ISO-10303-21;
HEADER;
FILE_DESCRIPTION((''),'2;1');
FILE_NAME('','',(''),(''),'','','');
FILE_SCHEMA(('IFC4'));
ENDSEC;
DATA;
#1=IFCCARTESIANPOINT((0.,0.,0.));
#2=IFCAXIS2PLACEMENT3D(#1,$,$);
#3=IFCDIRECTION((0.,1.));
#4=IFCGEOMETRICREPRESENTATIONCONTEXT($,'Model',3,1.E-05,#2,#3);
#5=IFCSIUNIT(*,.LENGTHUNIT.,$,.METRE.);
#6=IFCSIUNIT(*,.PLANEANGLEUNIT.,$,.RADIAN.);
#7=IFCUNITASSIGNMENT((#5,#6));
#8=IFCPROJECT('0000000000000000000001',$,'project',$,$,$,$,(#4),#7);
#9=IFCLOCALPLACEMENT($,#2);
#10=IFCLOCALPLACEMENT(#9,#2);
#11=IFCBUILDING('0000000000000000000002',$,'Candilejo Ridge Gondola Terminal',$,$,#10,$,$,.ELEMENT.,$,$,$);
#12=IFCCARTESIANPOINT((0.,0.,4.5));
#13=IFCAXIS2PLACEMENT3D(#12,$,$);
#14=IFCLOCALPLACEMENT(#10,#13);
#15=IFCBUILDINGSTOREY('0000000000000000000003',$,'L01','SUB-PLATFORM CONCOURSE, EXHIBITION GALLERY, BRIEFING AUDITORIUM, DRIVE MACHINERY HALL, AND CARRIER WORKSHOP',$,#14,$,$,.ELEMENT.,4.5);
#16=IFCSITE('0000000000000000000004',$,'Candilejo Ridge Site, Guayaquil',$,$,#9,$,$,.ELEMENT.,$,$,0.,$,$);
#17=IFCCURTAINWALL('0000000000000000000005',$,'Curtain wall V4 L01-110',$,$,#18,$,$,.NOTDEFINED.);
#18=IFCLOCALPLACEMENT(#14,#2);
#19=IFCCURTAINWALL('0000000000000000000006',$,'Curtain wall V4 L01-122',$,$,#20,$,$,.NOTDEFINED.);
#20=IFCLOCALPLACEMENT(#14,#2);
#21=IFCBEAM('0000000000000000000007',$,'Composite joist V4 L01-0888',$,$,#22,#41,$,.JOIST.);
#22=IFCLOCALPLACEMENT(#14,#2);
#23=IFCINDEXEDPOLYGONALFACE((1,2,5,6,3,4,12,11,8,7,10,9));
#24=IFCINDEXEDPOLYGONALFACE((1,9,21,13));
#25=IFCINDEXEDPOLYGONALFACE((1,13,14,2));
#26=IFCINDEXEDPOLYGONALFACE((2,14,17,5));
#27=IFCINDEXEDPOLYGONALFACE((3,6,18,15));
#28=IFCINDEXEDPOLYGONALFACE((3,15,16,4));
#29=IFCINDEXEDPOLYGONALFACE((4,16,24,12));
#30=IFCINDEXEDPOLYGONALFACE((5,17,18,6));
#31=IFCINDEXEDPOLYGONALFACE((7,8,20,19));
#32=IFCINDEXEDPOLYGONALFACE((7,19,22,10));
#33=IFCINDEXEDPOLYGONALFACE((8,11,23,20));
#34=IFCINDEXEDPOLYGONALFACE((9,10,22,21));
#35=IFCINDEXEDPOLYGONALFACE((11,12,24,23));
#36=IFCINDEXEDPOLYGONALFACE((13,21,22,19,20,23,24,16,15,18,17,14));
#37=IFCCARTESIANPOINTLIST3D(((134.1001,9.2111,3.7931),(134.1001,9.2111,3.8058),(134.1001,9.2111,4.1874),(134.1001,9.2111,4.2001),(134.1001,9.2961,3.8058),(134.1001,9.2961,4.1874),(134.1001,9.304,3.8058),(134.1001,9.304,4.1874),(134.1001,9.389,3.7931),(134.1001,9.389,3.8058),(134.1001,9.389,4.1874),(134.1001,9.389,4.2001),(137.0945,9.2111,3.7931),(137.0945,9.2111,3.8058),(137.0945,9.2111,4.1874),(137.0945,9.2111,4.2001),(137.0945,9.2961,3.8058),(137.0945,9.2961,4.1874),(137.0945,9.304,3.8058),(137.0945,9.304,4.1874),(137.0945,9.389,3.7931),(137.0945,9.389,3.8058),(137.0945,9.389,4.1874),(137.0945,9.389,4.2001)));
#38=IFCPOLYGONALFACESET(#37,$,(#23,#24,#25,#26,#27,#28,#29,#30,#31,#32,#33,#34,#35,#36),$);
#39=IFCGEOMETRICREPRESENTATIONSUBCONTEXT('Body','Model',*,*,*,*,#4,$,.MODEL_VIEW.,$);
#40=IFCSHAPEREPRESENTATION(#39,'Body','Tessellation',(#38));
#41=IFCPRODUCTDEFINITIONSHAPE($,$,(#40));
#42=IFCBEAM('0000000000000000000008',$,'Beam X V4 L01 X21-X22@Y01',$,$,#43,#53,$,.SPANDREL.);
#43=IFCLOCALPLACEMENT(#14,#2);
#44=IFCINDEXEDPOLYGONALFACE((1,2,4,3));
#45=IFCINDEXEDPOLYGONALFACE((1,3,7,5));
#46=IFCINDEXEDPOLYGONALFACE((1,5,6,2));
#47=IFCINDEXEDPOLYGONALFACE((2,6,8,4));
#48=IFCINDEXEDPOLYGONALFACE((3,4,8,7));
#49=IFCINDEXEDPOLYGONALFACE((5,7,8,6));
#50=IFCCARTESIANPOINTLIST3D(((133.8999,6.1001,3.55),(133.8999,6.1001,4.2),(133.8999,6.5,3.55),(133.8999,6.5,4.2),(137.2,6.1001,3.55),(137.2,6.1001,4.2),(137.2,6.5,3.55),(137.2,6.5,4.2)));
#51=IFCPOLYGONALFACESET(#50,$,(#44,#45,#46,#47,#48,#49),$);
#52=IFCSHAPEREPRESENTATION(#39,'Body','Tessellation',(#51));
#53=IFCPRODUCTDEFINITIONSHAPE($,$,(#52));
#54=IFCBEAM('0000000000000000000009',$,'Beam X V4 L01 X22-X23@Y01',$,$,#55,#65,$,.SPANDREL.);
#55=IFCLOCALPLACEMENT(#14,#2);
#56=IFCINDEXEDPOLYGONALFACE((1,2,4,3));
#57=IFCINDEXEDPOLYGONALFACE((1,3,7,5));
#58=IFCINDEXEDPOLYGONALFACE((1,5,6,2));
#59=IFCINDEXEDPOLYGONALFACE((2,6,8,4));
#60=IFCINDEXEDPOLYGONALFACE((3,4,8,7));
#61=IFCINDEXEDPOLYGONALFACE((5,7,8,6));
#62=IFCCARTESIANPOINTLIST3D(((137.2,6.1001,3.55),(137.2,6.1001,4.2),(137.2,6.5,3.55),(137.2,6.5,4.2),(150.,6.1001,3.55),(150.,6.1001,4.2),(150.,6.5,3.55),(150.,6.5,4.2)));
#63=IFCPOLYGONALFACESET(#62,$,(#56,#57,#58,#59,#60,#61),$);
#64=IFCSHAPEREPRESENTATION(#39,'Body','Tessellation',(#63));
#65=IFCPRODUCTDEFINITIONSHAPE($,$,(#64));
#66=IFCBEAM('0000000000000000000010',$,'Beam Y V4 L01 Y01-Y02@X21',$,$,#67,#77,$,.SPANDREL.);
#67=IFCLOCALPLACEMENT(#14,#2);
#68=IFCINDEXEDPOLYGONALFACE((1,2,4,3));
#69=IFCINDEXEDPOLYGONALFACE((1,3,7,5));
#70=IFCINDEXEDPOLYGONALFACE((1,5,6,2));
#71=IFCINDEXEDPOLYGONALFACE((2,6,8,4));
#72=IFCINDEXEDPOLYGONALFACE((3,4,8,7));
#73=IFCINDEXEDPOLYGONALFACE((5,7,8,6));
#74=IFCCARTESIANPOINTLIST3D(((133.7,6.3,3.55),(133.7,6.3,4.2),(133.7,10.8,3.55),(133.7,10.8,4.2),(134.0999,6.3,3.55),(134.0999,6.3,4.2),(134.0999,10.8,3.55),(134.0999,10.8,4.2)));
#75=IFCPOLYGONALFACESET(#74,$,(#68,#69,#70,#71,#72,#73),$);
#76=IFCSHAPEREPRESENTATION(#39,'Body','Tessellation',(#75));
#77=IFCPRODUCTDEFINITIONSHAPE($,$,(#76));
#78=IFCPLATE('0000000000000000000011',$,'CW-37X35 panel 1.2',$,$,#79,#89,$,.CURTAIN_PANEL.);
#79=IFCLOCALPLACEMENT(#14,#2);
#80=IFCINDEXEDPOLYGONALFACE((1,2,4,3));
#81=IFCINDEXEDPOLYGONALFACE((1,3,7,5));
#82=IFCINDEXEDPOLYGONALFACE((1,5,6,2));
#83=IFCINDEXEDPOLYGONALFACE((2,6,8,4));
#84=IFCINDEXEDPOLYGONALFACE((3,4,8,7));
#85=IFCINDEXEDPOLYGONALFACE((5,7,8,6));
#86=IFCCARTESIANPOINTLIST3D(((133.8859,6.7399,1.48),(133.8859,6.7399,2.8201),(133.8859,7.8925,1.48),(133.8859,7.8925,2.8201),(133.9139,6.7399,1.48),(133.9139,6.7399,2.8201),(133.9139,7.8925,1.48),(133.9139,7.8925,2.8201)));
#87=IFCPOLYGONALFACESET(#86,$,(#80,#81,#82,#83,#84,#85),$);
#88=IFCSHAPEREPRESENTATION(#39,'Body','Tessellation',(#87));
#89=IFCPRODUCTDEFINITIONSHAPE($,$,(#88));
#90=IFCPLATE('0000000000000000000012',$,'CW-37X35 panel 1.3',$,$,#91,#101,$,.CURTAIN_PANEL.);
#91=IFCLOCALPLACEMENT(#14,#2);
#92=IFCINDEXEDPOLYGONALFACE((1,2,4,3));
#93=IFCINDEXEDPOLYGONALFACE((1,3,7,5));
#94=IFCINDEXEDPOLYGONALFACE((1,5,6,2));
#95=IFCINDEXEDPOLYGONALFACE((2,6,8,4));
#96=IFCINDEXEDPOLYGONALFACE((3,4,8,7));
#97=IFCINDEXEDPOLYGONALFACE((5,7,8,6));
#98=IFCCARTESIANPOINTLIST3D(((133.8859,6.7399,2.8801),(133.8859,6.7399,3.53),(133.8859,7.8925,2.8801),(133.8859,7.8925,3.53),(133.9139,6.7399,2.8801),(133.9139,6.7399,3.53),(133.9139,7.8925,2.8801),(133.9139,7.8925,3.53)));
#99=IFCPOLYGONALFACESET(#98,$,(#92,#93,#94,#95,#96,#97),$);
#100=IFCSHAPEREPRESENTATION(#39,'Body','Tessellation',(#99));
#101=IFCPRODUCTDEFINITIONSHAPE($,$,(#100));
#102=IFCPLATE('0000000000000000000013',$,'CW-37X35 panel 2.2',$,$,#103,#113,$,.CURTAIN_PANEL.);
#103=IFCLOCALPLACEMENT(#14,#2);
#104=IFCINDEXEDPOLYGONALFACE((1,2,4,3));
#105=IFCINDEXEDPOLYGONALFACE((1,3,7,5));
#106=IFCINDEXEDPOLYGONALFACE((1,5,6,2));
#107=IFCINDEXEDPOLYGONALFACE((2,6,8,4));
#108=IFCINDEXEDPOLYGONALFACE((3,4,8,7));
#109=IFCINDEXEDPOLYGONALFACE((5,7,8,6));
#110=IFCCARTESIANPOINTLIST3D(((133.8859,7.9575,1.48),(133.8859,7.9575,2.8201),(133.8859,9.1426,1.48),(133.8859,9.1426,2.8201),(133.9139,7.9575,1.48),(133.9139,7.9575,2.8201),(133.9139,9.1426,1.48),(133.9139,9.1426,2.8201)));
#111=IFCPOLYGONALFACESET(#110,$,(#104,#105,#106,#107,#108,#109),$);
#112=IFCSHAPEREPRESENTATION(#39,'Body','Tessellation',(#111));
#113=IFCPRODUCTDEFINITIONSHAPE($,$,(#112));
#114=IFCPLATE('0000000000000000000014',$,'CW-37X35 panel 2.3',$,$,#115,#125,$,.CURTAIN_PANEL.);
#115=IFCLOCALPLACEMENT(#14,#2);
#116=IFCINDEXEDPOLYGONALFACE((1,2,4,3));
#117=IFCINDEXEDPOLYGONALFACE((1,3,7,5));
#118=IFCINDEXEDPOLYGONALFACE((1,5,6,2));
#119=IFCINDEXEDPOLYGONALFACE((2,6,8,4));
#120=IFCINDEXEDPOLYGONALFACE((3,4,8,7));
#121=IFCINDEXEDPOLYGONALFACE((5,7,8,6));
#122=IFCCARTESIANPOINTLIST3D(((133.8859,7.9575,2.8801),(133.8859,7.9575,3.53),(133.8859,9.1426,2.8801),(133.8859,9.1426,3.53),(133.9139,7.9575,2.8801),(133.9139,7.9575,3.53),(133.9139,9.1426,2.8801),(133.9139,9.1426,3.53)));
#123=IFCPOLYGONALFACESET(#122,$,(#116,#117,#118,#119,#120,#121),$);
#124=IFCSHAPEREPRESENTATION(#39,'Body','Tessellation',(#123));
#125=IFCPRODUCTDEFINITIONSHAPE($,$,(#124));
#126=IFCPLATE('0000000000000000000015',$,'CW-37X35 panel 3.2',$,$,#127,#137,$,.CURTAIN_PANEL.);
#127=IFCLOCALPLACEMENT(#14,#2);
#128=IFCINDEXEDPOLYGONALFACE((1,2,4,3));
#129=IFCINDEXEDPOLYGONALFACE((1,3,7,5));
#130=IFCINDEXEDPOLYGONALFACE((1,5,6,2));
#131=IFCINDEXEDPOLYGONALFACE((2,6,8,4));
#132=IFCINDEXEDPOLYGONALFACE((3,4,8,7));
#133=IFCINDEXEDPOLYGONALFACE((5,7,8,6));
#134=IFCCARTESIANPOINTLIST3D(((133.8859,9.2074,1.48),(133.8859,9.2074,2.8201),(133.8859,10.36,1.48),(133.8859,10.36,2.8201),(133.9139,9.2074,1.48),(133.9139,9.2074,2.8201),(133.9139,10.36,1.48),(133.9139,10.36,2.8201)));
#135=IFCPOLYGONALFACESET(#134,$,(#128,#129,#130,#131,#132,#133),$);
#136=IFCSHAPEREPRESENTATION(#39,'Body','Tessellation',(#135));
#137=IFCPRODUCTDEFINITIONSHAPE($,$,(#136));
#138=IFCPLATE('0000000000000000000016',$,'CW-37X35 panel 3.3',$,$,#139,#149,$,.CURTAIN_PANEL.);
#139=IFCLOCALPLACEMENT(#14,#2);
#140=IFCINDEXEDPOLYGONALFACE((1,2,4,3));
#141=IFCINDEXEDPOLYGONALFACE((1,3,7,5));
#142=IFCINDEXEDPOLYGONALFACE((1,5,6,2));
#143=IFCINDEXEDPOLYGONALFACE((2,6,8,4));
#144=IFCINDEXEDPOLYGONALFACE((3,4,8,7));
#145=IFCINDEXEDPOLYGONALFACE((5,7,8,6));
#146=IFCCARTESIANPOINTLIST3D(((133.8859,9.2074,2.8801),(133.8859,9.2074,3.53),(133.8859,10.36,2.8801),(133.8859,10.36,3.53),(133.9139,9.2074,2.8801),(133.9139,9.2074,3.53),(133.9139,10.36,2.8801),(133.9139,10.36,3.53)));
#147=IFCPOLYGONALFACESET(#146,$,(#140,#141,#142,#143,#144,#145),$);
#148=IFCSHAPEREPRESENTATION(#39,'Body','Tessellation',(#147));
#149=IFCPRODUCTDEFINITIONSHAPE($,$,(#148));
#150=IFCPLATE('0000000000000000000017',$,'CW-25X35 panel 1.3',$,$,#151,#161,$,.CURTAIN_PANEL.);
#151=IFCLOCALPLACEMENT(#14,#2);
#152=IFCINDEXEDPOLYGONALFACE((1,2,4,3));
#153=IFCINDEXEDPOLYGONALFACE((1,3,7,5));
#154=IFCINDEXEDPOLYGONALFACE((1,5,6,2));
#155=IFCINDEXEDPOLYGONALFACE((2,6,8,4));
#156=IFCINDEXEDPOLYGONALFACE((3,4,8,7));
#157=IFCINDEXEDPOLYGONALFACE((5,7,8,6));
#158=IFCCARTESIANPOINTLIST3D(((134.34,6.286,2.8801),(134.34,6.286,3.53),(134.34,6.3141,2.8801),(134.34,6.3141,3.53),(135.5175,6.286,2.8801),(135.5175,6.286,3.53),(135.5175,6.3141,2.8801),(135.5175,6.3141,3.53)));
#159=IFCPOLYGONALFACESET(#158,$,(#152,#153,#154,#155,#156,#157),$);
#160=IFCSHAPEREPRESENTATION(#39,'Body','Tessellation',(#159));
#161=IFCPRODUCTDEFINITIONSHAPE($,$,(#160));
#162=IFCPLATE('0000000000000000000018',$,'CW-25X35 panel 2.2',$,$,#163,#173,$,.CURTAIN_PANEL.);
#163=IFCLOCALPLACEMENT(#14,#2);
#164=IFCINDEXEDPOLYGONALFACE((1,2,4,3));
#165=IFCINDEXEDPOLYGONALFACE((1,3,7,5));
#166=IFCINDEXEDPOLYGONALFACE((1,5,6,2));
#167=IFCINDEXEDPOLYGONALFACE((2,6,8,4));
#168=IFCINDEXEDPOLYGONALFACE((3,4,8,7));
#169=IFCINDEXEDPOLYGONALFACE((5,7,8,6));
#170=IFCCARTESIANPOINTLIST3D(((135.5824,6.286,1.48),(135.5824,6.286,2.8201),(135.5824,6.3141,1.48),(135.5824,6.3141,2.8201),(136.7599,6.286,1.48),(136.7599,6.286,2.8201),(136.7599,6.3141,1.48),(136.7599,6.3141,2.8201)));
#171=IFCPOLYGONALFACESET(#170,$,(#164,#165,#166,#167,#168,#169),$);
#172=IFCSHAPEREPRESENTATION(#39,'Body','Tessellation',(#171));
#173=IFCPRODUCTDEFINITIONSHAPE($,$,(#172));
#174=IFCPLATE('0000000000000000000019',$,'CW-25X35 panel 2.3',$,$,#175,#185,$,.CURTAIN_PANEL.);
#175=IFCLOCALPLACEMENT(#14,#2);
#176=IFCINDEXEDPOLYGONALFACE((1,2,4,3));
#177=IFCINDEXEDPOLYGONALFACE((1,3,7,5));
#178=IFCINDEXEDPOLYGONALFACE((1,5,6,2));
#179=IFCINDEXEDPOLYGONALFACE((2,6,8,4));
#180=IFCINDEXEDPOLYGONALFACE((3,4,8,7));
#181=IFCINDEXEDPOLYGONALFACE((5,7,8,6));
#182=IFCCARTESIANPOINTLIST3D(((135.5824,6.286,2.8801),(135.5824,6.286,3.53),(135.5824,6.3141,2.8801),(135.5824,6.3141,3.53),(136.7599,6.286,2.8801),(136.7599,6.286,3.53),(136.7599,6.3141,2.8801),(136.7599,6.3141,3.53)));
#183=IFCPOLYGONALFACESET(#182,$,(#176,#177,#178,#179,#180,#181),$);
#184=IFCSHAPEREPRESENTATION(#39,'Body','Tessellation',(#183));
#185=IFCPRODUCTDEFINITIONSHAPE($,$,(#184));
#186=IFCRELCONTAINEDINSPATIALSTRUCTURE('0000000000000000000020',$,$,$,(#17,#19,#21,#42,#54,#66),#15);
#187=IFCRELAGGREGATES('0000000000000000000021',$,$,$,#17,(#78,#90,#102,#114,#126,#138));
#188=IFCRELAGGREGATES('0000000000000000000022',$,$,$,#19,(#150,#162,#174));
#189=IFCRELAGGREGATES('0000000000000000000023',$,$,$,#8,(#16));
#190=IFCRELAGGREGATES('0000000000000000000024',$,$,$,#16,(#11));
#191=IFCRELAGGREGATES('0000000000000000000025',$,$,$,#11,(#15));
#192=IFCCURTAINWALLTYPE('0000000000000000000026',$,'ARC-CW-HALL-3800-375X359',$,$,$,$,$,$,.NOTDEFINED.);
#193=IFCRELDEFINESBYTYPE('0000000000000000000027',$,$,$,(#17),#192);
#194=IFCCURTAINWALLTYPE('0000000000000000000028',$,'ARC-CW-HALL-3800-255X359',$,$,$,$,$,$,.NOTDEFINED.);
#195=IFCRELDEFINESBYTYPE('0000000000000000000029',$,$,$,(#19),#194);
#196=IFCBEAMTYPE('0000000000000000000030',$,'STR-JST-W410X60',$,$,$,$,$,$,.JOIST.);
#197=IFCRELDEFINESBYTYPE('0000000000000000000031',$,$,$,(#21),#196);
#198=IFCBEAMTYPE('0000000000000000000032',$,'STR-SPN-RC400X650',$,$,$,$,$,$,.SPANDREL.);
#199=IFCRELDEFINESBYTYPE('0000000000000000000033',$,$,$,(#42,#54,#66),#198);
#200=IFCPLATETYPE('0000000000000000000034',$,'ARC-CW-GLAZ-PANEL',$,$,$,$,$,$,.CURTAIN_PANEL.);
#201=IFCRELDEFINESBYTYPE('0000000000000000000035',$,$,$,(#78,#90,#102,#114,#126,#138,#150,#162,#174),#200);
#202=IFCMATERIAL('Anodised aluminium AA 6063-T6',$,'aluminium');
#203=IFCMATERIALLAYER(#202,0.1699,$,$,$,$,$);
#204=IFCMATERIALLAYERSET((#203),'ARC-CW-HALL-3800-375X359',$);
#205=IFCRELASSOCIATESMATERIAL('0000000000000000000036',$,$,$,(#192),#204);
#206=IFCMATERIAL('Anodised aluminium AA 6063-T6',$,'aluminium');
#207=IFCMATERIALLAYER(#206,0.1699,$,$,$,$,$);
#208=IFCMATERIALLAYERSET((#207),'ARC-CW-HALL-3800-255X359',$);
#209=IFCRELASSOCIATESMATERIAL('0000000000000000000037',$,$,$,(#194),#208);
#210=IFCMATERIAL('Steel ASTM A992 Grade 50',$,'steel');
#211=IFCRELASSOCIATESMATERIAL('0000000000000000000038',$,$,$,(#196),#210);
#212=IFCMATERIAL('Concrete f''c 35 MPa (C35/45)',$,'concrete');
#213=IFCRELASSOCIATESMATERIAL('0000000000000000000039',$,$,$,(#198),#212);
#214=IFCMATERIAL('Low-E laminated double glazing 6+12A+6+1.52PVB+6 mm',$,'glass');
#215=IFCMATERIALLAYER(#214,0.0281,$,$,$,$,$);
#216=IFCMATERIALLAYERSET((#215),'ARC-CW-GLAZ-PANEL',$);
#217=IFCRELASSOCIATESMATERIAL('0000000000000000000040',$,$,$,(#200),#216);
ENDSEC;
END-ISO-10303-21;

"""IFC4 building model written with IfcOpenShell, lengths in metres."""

from ifc_helpers import new_model, si_unit, direction, frame, origin, origin_2d, place, context, subcontext, project, spatial, rectangle, i_section, extrude, material, layer, layer_set, material_profile, profile_set, type_object, element, aggregate, save


model = new_model("IFC4")

# Units and contexts
model_context = context("Model", 3, precision=1e-05, world=origin(), true_north=direction((0.0, 1.0)))
body_context = subcontext(model_context, "Body", "Model", "MODEL_VIEW")
ifc_project = project(units=[si_unit("LENGTHUNIT", "METRE"), si_unit("PLANEANGLEUNIT", "RADIAN")], contexts=[model_context])

# Site, building, storey
site_placement = place(None, origin())
site = spatial("IfcSite", under=ifc_project, at=site_placement, Name="Candilejo Ridge Site, Guayaquil", CompositionType="ELEMENT", RefElevation=0.0)
building_placement = place(site_placement, origin())
building = spatial("IfcBuilding", under=site, at=building_placement, Name="Candilejo Ridge Gondola Terminal", CompositionType="ELEMENT")
storey_placement = place(building_placement, frame((0.0, 0.0, 4.5)))
storey = spatial("IfcBuildingStorey", under=building, at=storey_placement, Name="L01", Description="SUB-PLATFORM CONCOURSE, EXHIBITION GALLERY, BRIEFING AUDITORIUM, DRIVE MACHINERY HALL, AND CARRIER WORKSHOP", CompositionType="ELEMENT", Elevation=4.5)

# Curtain walls
ifc_material_1 = material(Name="Anodised aluminium AA 6063-T6", Category="aluminium")
ifc_layer_1 = layer(ifc_material_1, 0.1699)
ifc_layer_set_1 = layer_set([ifc_layer_1], Name="ARC-CW-HALL-3800-375X359")
curtain_wall_type_1 = type_object("IfcCurtainWallType", Name="ARC-CW-HALL-3800-375X359", PredefinedType="NOTDEFINED", material=ifc_layer_set_1)
curtain_wall_1_placement = place(storey_placement, origin())
curtain_wall_1 = element("IfcCurtainWall", 1, at=curtain_wall_1_placement, inside=storey, type_object=curtain_wall_type_1, Name="Curtain wall V4 L01-110", PredefinedType="NOTDEFINED")
ifc_material_2 = material(Name="Anodised aluminium AA 6063-T6", Category="aluminium")
ifc_layer_2 = layer(ifc_material_2, 0.1699)
ifc_layer_set_2 = layer_set([ifc_layer_2], Name="ARC-CW-HALL-3800-255X359")
curtain_wall_type_2 = type_object("IfcCurtainWallType", Name="ARC-CW-HALL-3800-255X359", PredefinedType="NOTDEFINED", material=ifc_layer_set_2)
curtain_wall_2_placement = place(storey_placement, origin())
curtain_wall_2 = element("IfcCurtainWall", 2, at=curtain_wall_2_placement, inside=storey, type_object=curtain_wall_type_2, Name="Curtain wall V4 L01-122", PredefinedType="NOTDEFINED")

# Beams
ifc_material_3 = material(Name="Steel ASTM A992 Grade 50", Category="steel")
ifc_material_profile_1 = material_profile(ifc_material_3, i_section(OverallWidth=0.178, OverallDepth=0.407, WebThickness=0.0078, FlangeThickness=0.0127, at=origin_2d()))
ifc_profile_set_1 = profile_set([ifc_material_profile_1], Name="Steel ASTM A992 Grade 50")
beam_type_1 = type_object("IfcBeamType", Name="STR-JST-W410X60", PredefinedType="JOIST", material=ifc_profile_set_1)
for number, where, z_axis, x_axis, name in (
    (3, (134.1001, 9.3, 3.9966), (1.0, 0.0, 0.0), (0.0, 1.0, 0.0), "Composite joist V4 L01-0888"),
):
    element("IfcBeam", number, at=place(storey_placement, frame(where, z_axis=z_axis, x_axis=x_axis)), inside=storey, type_object=beam_type_1, Name=name, PredefinedType="JOIST", context=body_context, shape_type="SweptSolid", body=[
        extrude(i_section(OverallWidth=0.178, OverallDepth=0.407, WebThickness=0.0078, FlangeThickness=0.0127, at=origin_2d()), origin(), (0.0, 0.0, 1.0), 2.9944),
    ])
ifc_material_4 = material(Name="Concrete f'c 35 MPa (C35/45)", Category="concrete")
ifc_material_profile_2 = material_profile(ifc_material_4, rectangle(XDim=0.3999, YDim=0.6499, at=origin_2d()))
ifc_profile_set_2 = profile_set([ifc_material_profile_2], Name="Concrete f'c 35 MPa (C35/45)")
beam_type_2 = type_object("IfcBeamType", Name="STR-SPN-RC400X650", PredefinedType="SPANDREL", material=ifc_profile_set_2)
beam_1_placement = place(storey_placement, frame((133.8999, 6.3, 3.875), z_axis=(1.0, 0.0, 0.0), x_axis=(0.0, 1.0, 0.0)))
element("IfcBeam", 4, at=beam_1_placement, inside=storey, type_object=beam_type_2, Name="Beam X V4 L01 X21-X22@Y01", PredefinedType="SPANDREL", context=body_context, shape_type="SweptSolid", body=[
    extrude(rectangle(XDim=0.3999, YDim=0.6499, at=origin_2d()), origin(), (0.0, 0.0, 1.0), 3.3),
])
beam_2_placement = place(storey_placement, frame((137.2, 6.3, 3.875), z_axis=(1.0, 0.0, 0.0), x_axis=(0.0, 1.0, 0.0)))
element("IfcBeam", 5, at=beam_2_placement, inside=storey, type_object=beam_type_2, Name="Beam X V4 L01 X22-X23@Y01", PredefinedType="SPANDREL", context=body_context, shape_type="SweptSolid", body=[
    extrude(rectangle(XDim=0.3999, YDim=0.6499, at=origin_2d()), origin(), (0.0, 0.0, 1.0), 12.8),
])
beam_3_placement = place(storey_placement, frame((133.8999, 6.3, 3.875), z_axis=(0.0, 1.0, 0.0), x_axis=(-1.0, 0.0, 0.0)))
element("IfcBeam", 6, at=beam_3_placement, inside=storey, type_object=beam_type_2, Name="Beam Y V4 L01 Y01-Y02@X21", PredefinedType="SPANDREL", context=body_context, shape_type="SweptSolid", body=[
    extrude(rectangle(XDim=0.3999, YDim=0.6499, at=origin_2d()), origin(), (0.0, 0.0, 1.0), 4.5),
])

# Plates
ifc_material_5 = material(Name="Low-E laminated double glazing 6+12A+6+1.52PVB+6 mm", Category="glass")
ifc_layer_3 = layer(ifc_material_5, 0.0281)
ifc_layer_set_3 = layer_set([ifc_layer_3], Name="ARC-CW-GLAZ-PANEL")
plate_type = type_object("IfcPlateType", Name="ARC-CW-GLAZ-PANEL", PredefinedType="CURTAIN_PANEL", material=ifc_layer_set_3)
plate_1_placement = place(storey_placement, frame((133.8999, 7.3162, 1.48), z_axis=(0.0, 0.0, 1.0), x_axis=(0.0, 1.0, 0.0)))
plate_1 = element("IfcPlate", 7, at=plate_1_placement, type_object=plate_type, Name="CW-37X35 panel 1.2", PredefinedType="CURTAIN_PANEL", context=body_context, shape_type="SweptSolid", body=[
    extrude(rectangle(XDim=1.1526, YDim=0.0281, at=origin_2d()), origin(), (0.0, 0.0, 1.0), 1.3401),
])
plate_2_placement = place(storey_placement, frame((133.8999, 7.3162, 2.8801), z_axis=(0.0, 0.0, 1.0), x_axis=(0.0, 1.0, 0.0)))
plate_2 = element("IfcPlate", 8, at=plate_2_placement, type_object=plate_type, Name="CW-37X35 panel 1.3", PredefinedType="CURTAIN_PANEL", context=body_context, shape_type="SweptSolid", body=[
    extrude(rectangle(XDim=1.1526, YDim=0.0281, at=origin_2d()), origin(), (0.0, 0.0, 1.0), 0.6499),
])
plate_3_placement = place(storey_placement, frame((133.8999, 8.55, 1.48), z_axis=(0.0, 0.0, 1.0), x_axis=(0.0, 1.0, 0.0)))
plate_3 = element("IfcPlate", 9, at=plate_3_placement, type_object=plate_type, Name="CW-37X35 panel 2.2", PredefinedType="CURTAIN_PANEL", context=body_context, shape_type="SweptSolid", body=[
    extrude(rectangle(XDim=1.1851, YDim=0.0281, at=origin_2d()), origin(), (0.0, 0.0, 1.0), 1.3401),
])
plate_4_placement = place(storey_placement, frame((133.8999, 8.55, 2.8801), z_axis=(0.0, 0.0, 1.0), x_axis=(0.0, 1.0, 0.0)))
plate_4 = element("IfcPlate", 10, at=plate_4_placement, type_object=plate_type, Name="CW-37X35 panel 2.3", PredefinedType="CURTAIN_PANEL", context=body_context, shape_type="SweptSolid", body=[
    extrude(rectangle(XDim=1.1851, YDim=0.0281, at=origin_2d()), origin(), (0.0, 0.0, 1.0), 0.6499),
])
plate_5_placement = place(storey_placement, frame((133.8999, 9.7837, 1.48), z_axis=(0.0, 0.0, 1.0), x_axis=(0.0, 1.0, 0.0)))
plate_5 = element("IfcPlate", 11, at=plate_5_placement, type_object=plate_type, Name="CW-37X35 panel 3.2", PredefinedType="CURTAIN_PANEL", context=body_context, shape_type="SweptSolid", body=[
    extrude(rectangle(XDim=1.1526, YDim=0.0281, at=origin_2d()), origin(), (0.0, 0.0, 1.0), 1.3401),
])
plate_6_placement = place(storey_placement, frame((133.8999, 9.7837, 2.8801), z_axis=(0.0, 0.0, 1.0), x_axis=(0.0, 1.0, 0.0)))
plate_6 = element("IfcPlate", 12, at=plate_6_placement, type_object=plate_type, Name="CW-37X35 panel 3.3", PredefinedType="CURTAIN_PANEL", context=body_context, shape_type="SweptSolid", body=[
    extrude(rectangle(XDim=1.1526, YDim=0.0281, at=origin_2d()), origin(), (0.0, 0.0, 1.0), 0.6499),
])
aggregate(curtain_wall_1, [plate_1, plate_2, plate_3, plate_4, plate_5, plate_6])
plate_7_placement = place(storey_placement, frame((134.9287, 6.3, 2.8801), z_axis=(0.0, 0.0, 1.0), x_axis=(1.0, 0.0, 0.0)))
plate_7 = element("IfcPlate", 13, at=plate_7_placement, type_object=plate_type, Name="CW-25X35 panel 1.3", PredefinedType="CURTAIN_PANEL", context=body_context, shape_type="SweptSolid", body=[
    extrude(rectangle(XDim=1.1775, YDim=0.0281, at=origin_2d()), origin(), (0.0, 0.0, 1.0), 0.6499),
])
plate_8_placement = place(storey_placement, frame((136.1711, 6.3, 1.48), z_axis=(0.0, 0.0, 1.0), x_axis=(1.0, 0.0, 0.0)))
plate_8 = element("IfcPlate", 14, at=plate_8_placement, type_object=plate_type, Name="CW-25X35 panel 2.2", PredefinedType="CURTAIN_PANEL", context=body_context, shape_type="SweptSolid", body=[
    extrude(rectangle(XDim=1.1775, YDim=0.0281, at=origin_2d()), origin(), (0.0, 0.0, 1.0), 1.3401),
])
plate_9_placement = place(storey_placement, frame((136.1711, 6.3, 2.8801), z_axis=(0.0, 0.0, 1.0), x_axis=(1.0, 0.0, 0.0)))
plate_9 = element("IfcPlate", 15, at=plate_9_placement, type_object=plate_type, Name="CW-25X35 panel 2.3", PredefinedType="CURTAIN_PANEL", context=body_context, shape_type="SweptSolid", body=[
    extrude(rectangle(XDim=1.1775, YDim=0.0281, at=origin_2d()), origin(), (0.0, 0.0, 1.0), 0.6499),
])
aggregate(curtain_wall_2, [plate_7, plate_8, plate_9])

save(model, "model.ifc")
